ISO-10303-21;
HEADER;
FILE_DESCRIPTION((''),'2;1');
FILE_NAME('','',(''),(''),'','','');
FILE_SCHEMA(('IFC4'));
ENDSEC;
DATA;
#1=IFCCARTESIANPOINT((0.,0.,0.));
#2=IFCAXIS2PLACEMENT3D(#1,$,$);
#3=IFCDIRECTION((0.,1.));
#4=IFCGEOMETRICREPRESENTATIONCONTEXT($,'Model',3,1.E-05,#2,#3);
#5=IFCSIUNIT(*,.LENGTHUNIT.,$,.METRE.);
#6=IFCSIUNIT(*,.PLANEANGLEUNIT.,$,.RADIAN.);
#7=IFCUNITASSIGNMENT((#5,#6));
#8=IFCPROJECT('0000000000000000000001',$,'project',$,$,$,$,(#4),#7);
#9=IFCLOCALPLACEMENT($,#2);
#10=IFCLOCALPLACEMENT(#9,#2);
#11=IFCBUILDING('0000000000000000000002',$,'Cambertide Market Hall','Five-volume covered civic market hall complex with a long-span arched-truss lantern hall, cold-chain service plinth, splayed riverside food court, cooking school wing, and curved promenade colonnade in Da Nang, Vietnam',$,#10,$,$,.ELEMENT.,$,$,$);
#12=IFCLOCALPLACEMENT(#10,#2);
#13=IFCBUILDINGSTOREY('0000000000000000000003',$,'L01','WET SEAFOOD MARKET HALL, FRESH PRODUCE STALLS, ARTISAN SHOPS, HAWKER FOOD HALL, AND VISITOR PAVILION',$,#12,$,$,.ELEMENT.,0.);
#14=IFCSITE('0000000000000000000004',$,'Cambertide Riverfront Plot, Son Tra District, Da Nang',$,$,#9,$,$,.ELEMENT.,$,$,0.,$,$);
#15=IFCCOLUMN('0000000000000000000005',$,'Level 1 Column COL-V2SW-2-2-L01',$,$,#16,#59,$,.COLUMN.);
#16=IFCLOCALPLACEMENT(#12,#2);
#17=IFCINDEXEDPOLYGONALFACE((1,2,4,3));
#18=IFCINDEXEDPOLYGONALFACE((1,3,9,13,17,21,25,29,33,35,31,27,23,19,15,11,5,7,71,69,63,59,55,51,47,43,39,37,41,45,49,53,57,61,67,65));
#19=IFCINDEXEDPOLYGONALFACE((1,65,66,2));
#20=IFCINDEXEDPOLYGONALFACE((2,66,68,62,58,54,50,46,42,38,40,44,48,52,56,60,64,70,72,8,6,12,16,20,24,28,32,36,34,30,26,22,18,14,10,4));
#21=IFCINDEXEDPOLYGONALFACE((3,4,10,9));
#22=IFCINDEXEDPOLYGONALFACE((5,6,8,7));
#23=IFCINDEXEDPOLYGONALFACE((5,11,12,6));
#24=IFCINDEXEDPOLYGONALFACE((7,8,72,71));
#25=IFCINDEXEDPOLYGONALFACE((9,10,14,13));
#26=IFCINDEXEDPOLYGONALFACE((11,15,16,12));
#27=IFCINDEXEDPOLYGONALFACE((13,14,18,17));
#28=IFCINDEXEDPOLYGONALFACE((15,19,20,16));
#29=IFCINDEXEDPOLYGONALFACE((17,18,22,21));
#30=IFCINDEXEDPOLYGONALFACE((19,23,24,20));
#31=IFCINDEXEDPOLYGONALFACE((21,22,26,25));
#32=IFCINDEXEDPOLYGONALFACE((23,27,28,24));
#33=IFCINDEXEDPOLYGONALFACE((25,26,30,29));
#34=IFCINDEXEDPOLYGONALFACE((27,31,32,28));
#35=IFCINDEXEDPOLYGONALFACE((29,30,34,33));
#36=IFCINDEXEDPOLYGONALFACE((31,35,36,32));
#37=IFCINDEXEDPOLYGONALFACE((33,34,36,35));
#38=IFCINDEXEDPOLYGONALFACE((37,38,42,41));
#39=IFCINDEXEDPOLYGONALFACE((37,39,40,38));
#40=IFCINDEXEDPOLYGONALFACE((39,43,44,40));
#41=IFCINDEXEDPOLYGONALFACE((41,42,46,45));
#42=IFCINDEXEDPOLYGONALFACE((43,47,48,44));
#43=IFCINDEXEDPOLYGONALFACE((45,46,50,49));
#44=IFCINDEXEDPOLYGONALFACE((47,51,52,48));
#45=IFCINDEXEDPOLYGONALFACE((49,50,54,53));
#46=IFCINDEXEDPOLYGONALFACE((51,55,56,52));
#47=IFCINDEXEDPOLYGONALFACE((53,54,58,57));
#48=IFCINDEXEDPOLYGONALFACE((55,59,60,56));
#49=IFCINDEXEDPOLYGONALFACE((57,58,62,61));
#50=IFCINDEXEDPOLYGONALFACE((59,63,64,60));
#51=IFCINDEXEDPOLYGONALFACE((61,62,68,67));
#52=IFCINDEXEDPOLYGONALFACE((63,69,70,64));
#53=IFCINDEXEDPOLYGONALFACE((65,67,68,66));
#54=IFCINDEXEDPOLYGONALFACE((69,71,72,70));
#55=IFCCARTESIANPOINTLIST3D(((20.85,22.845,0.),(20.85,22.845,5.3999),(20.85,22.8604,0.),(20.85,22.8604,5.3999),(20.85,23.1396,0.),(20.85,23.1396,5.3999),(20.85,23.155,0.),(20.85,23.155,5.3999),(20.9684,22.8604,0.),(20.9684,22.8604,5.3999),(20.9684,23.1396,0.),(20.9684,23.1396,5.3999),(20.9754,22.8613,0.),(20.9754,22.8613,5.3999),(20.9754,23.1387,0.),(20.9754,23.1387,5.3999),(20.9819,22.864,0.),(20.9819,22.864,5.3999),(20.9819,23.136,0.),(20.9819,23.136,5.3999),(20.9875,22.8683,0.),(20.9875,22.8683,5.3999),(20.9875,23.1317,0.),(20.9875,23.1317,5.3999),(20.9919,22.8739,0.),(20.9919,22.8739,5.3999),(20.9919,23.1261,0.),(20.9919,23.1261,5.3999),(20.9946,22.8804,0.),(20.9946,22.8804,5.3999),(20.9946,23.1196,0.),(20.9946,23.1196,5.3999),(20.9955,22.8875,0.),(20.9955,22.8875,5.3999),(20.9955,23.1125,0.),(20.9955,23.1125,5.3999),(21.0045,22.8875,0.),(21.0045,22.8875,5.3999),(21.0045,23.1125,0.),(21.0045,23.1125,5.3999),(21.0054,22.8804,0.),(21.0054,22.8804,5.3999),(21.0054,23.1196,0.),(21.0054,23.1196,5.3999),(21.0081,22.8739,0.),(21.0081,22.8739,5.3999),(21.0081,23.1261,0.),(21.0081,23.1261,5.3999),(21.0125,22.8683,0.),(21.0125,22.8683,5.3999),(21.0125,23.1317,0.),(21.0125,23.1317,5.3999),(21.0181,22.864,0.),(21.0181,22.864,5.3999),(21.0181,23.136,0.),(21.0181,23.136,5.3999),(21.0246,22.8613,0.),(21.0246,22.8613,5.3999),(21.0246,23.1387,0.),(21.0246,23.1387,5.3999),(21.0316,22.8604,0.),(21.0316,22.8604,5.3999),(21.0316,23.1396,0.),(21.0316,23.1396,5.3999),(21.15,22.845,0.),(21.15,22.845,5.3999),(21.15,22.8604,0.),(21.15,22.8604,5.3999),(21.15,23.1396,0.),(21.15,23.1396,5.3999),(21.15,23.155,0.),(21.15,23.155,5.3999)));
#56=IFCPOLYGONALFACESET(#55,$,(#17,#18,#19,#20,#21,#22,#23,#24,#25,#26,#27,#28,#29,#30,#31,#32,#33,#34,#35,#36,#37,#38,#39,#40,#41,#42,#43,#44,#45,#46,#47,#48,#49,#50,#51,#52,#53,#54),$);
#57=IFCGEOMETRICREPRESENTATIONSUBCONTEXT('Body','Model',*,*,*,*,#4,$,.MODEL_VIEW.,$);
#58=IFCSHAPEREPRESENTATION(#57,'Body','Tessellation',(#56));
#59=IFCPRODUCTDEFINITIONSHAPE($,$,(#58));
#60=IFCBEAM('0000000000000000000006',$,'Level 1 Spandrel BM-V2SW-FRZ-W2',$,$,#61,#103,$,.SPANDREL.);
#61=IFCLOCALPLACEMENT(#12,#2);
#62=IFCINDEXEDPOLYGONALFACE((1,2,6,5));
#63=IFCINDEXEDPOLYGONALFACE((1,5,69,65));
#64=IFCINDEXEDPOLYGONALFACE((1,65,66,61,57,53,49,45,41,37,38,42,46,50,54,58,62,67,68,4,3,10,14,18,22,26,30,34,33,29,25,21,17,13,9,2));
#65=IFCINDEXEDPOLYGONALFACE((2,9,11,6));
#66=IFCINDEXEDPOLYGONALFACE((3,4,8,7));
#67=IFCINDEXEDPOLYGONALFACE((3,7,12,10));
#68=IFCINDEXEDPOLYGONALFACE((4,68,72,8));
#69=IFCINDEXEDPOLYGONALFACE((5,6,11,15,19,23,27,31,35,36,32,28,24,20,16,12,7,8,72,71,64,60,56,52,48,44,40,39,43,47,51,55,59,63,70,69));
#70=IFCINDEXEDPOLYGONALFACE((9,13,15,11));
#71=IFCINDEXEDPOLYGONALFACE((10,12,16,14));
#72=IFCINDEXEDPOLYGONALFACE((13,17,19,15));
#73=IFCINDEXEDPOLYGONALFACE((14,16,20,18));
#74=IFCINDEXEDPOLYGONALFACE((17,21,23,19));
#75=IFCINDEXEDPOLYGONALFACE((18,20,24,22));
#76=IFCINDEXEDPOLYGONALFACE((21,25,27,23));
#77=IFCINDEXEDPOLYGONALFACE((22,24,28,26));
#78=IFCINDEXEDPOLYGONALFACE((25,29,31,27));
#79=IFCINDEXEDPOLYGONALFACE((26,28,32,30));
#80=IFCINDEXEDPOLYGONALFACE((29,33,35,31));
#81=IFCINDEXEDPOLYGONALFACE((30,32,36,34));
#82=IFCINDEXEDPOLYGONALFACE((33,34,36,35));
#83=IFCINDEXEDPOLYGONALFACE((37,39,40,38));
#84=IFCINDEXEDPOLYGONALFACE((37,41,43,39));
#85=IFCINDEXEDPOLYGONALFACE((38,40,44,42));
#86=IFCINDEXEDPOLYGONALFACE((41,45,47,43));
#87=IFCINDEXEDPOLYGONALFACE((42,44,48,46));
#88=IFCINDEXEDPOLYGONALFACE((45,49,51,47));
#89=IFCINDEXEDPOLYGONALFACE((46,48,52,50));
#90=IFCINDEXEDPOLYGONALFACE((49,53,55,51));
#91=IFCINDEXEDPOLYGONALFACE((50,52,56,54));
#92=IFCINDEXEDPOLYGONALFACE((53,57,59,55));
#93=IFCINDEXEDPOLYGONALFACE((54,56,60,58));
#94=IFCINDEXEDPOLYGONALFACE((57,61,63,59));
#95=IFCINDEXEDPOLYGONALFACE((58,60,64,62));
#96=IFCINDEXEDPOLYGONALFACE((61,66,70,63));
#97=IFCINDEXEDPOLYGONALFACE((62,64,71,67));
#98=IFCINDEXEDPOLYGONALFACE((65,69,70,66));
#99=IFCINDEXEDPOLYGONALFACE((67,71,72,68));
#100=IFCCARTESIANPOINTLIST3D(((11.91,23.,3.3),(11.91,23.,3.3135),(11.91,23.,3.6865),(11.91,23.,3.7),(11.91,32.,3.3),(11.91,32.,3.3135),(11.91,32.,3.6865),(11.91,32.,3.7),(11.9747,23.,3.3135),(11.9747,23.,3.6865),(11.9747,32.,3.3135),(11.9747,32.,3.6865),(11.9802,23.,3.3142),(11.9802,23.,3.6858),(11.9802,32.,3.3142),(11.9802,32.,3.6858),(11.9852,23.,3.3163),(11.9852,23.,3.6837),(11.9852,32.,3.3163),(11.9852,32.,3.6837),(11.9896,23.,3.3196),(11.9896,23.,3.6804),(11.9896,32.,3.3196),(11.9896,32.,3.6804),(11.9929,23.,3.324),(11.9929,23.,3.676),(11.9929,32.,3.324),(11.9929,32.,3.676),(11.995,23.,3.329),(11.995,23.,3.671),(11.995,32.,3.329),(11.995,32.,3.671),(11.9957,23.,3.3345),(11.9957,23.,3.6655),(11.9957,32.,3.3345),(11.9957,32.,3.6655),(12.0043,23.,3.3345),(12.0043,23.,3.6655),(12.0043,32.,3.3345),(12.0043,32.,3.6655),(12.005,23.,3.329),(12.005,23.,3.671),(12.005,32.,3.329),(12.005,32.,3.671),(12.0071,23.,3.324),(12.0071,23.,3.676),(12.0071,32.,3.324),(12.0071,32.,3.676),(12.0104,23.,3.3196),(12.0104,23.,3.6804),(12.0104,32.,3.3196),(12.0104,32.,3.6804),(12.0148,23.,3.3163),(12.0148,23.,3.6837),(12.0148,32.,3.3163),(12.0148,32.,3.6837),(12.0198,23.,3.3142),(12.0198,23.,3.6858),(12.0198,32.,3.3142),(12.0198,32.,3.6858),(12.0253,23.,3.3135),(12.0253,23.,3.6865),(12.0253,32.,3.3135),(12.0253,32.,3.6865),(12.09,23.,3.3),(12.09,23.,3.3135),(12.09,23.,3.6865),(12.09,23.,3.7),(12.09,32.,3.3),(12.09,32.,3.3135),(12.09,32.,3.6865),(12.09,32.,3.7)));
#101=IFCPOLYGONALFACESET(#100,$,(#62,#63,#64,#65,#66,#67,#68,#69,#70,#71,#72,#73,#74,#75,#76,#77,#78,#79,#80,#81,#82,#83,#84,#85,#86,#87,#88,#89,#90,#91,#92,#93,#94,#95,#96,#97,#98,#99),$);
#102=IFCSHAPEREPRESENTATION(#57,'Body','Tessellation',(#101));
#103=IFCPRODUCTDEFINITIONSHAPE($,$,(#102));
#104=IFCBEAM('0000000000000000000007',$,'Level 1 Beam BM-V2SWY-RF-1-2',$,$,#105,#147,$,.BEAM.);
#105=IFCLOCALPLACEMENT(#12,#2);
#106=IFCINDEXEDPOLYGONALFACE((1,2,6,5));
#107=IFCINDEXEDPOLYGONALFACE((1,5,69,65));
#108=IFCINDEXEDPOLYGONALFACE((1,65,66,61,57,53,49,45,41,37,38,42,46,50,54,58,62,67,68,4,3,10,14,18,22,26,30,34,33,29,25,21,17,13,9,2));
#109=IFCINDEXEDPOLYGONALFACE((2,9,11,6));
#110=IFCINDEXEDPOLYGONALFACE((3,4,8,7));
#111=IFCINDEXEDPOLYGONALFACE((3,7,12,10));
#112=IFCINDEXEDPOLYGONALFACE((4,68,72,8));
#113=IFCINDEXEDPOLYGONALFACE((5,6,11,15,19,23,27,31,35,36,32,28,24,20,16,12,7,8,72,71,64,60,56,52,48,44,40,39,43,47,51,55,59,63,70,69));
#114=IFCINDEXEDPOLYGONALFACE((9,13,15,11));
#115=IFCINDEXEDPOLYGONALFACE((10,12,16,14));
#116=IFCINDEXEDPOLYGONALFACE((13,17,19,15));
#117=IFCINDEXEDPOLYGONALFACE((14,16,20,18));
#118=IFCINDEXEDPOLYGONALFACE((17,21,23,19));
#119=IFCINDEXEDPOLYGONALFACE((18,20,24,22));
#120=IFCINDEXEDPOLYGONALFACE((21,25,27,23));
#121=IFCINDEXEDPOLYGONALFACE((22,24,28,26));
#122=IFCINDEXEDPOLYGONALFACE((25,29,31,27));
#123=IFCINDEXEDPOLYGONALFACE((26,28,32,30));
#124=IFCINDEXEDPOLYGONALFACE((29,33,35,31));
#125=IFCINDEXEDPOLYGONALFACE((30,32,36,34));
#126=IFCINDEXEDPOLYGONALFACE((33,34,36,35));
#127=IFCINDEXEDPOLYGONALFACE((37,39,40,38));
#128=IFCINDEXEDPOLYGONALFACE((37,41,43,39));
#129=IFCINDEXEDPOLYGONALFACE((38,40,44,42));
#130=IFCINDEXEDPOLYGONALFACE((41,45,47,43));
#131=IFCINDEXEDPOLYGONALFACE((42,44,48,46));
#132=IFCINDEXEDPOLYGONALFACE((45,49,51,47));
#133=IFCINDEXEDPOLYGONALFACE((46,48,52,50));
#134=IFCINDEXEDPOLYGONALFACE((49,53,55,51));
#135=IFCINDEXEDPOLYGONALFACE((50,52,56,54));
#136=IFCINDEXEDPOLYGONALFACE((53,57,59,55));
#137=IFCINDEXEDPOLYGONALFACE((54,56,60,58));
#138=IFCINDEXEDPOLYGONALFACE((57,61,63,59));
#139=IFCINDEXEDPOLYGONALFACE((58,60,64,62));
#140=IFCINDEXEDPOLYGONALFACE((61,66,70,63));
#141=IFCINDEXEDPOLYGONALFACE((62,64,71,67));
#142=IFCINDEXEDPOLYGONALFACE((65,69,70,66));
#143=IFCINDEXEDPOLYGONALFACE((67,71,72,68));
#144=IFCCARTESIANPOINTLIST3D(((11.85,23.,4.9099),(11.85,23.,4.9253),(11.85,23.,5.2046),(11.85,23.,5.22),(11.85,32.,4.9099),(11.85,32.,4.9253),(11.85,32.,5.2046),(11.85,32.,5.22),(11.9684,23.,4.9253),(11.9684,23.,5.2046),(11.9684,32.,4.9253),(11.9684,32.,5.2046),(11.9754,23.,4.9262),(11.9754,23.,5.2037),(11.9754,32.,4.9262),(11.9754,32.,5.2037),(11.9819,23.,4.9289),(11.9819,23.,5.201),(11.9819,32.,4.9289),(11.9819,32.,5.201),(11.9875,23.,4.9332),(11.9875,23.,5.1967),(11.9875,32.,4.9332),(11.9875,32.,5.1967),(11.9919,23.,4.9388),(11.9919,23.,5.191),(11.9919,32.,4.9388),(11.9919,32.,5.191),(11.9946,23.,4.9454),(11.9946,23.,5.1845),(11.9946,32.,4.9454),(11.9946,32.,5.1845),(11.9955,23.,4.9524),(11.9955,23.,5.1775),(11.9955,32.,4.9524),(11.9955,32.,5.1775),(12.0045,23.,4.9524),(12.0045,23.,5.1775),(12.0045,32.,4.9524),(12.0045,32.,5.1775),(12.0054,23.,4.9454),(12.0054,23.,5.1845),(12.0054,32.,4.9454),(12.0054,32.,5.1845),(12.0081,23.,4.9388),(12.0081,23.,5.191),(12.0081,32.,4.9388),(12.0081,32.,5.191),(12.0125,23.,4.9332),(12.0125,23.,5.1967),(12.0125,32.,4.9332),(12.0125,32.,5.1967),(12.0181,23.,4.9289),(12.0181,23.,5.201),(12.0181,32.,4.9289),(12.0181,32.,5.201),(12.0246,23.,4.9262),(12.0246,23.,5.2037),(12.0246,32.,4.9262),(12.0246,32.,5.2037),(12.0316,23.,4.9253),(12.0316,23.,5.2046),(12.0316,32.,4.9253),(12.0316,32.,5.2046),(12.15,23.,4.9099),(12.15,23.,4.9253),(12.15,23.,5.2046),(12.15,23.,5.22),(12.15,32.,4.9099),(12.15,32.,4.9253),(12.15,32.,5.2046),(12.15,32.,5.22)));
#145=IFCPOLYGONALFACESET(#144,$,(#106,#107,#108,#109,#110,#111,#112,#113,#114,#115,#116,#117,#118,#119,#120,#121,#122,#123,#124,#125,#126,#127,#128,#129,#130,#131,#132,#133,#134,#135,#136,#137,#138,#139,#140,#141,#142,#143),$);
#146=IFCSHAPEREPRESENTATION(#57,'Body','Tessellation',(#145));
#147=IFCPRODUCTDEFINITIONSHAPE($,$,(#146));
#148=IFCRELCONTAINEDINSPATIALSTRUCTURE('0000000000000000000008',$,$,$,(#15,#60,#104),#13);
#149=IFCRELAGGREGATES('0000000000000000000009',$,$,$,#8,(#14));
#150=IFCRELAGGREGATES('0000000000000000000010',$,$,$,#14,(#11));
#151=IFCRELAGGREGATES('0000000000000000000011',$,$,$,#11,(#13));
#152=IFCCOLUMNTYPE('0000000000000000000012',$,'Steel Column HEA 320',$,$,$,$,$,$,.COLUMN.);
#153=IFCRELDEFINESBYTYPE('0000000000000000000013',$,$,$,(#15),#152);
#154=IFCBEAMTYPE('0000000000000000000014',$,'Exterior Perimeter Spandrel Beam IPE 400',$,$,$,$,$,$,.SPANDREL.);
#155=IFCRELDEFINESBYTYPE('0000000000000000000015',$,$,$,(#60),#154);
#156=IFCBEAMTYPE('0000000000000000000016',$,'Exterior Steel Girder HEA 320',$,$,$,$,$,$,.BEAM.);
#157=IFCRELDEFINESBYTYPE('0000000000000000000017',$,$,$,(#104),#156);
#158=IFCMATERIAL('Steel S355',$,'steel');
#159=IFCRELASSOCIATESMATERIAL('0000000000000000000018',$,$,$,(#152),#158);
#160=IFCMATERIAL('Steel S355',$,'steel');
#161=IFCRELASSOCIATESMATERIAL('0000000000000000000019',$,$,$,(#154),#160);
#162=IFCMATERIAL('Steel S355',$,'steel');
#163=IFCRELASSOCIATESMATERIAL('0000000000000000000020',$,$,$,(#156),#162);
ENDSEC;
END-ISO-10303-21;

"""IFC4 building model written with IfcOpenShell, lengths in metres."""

from ifc_helpers import new_model, si_unit, direction, frame, origin, origin_2d, place, context, subcontext, project, spatial, i_section, extrude, material, material_profile, profile_set, type_object, element, save


model = new_model("IFC4")

# Units and contexts
model_context = context("Model", 3, precision=1e-05, world=origin(), true_north=direction((0.0, 1.0)))
body_context = subcontext(model_context, "Body", "Model", "MODEL_VIEW")
ifc_project = project(units=[si_unit("LENGTHUNIT", "METRE"), si_unit("PLANEANGLEUNIT", "RADIAN")], contexts=[model_context])

# Site, building, storey
site_placement = place(None, origin())
site = spatial("IfcSite", under=ifc_project, at=site_placement, Name="Cambertide Riverfront Plot, Son Tra District, Da Nang", CompositionType="ELEMENT", RefElevation=0.0)
building_placement = place(site_placement, origin())
building = spatial("IfcBuilding", under=site, at=building_placement, Name="Cambertide Market Hall", Description="Five-volume covered civic market hall complex with a long-span arched-truss lantern hall, cold-chain service plinth, splayed riverside food court, cooking school wing, and curved promenade colonnade in Da Nang, Vietnam", CompositionType="ELEMENT")
storey_placement = place(building_placement, origin())
storey = spatial("IfcBuildingStorey", under=building, at=storey_placement, Name="L01", Description="WET SEAFOOD MARKET HALL, FRESH PRODUCE STALLS, ARTISAN SHOPS, HAWKER FOOD HALL, AND VISITOR PAVILION", CompositionType="ELEMENT", Elevation=0.0)

# Column
ifc_material_1 = material(Name="Steel S355", Category="steel")
ifc_material_profile_1 = material_profile(ifc_material_1, i_section(OverallWidth=0.3, OverallDepth=0.3101, WebThickness=0.009, FlangeThickness=0.0154, FilletRadius=0.0271, at=origin_2d()), Name="HEA 320")
ifc_profile_set_1 = profile_set([ifc_material_profile_1], Name="Steel S355")
column_type = type_object("IfcColumnType", Name="Steel Column HEA 320", PredefinedType="COLUMN", material=ifc_profile_set_1)
column_placement = place(storey_placement, frame((21.0, 23.0, 0.0), z_axis=(0.0, 0.0, 1.0), x_axis=(1.0, 0.0, 0.0)))
element("IfcColumn", 1, at=column_placement, inside=storey, type_object=column_type, Name="Level 1 Column COL-V2SW-2-2-L01", PredefinedType="COLUMN", context=body_context, shape_type="SweptSolid", body=[
    extrude(i_section(OverallWidth=0.3, OverallDepth=0.3101, WebThickness=0.009, FlangeThickness=0.0154, FilletRadius=0.0271, at=origin_2d()), origin(), (0.0, 0.0, 1.0), 5.3999),
])

# Beams
ifc_material_2 = material(Name="Steel S355", Category="steel")
ifc_material_profile_2 = material_profile(ifc_material_2, i_section(OverallWidth=0.1799, OverallDepth=0.3999, WebThickness=0.0085, FlangeThickness=0.0134, FilletRadius=0.021, at=origin_2d()), Name="IPE 400")
ifc_profile_set_2 = profile_set([ifc_material_profile_2], Name="Steel S355")
beam_type_1 = type_object("IfcBeamType", Name="Exterior Perimeter Spandrel Beam IPE 400", PredefinedType="SPANDREL", material=ifc_profile_set_2)
beam_1_placement = place(storey_placement, frame((12.0, 23.0, 3.5), z_axis=(0.0, 1.0, 0.0), x_axis=(-1.0, 0.0, 0.0)))
element("IfcBeam", 2, at=beam_1_placement, inside=storey, type_object=beam_type_1, Name="Level 1 Spandrel BM-V2SW-FRZ-W2", PredefinedType="SPANDREL", context=body_context, shape_type="SweptSolid", body=[
    extrude(i_section(OverallWidth=0.1799, OverallDepth=0.3999, WebThickness=0.0085, FlangeThickness=0.0134, FilletRadius=0.021, at=origin_2d()), origin(), (0.0, 0.0, 1.0), 9.0),
])
ifc_material_3 = material(Name="Steel S355", Category="steel")
ifc_material_profile_3 = material_profile(ifc_material_3, i_section(OverallWidth=0.3, OverallDepth=0.3101, WebThickness=0.009, FlangeThickness=0.0154, FilletRadius=0.0271, at=origin_2d()), Name="HEA 320")
ifc_profile_set_3 = profile_set([ifc_material_profile_3], Name="Steel S355")
beam_type_2 = type_object("IfcBeamType", Name="Exterior Steel Girder HEA 320", PredefinedType="BEAM", material=ifc_profile_set_3)
beam_2_placement = place(storey_placement, frame((12.0, 23.0, 5.0649), z_axis=(0.0, 1.0, 0.0), x_axis=(-1.0, 0.0, 0.0)))
element("IfcBeam", 3, at=beam_2_placement, inside=storey, type_object=beam_type_2, Name="Level 1 Beam BM-V2SWY-RF-1-2", PredefinedType="BEAM", context=body_context, shape_type="SweptSolid", body=[
    extrude(i_section(OverallWidth=0.3, OverallDepth=0.3101, WebThickness=0.009, FlangeThickness=0.0154, FilletRadius=0.0271, at=origin_2d()), origin(), (0.0, 0.0, 1.0), 9.0),
])

save(model, "model.ifc")
